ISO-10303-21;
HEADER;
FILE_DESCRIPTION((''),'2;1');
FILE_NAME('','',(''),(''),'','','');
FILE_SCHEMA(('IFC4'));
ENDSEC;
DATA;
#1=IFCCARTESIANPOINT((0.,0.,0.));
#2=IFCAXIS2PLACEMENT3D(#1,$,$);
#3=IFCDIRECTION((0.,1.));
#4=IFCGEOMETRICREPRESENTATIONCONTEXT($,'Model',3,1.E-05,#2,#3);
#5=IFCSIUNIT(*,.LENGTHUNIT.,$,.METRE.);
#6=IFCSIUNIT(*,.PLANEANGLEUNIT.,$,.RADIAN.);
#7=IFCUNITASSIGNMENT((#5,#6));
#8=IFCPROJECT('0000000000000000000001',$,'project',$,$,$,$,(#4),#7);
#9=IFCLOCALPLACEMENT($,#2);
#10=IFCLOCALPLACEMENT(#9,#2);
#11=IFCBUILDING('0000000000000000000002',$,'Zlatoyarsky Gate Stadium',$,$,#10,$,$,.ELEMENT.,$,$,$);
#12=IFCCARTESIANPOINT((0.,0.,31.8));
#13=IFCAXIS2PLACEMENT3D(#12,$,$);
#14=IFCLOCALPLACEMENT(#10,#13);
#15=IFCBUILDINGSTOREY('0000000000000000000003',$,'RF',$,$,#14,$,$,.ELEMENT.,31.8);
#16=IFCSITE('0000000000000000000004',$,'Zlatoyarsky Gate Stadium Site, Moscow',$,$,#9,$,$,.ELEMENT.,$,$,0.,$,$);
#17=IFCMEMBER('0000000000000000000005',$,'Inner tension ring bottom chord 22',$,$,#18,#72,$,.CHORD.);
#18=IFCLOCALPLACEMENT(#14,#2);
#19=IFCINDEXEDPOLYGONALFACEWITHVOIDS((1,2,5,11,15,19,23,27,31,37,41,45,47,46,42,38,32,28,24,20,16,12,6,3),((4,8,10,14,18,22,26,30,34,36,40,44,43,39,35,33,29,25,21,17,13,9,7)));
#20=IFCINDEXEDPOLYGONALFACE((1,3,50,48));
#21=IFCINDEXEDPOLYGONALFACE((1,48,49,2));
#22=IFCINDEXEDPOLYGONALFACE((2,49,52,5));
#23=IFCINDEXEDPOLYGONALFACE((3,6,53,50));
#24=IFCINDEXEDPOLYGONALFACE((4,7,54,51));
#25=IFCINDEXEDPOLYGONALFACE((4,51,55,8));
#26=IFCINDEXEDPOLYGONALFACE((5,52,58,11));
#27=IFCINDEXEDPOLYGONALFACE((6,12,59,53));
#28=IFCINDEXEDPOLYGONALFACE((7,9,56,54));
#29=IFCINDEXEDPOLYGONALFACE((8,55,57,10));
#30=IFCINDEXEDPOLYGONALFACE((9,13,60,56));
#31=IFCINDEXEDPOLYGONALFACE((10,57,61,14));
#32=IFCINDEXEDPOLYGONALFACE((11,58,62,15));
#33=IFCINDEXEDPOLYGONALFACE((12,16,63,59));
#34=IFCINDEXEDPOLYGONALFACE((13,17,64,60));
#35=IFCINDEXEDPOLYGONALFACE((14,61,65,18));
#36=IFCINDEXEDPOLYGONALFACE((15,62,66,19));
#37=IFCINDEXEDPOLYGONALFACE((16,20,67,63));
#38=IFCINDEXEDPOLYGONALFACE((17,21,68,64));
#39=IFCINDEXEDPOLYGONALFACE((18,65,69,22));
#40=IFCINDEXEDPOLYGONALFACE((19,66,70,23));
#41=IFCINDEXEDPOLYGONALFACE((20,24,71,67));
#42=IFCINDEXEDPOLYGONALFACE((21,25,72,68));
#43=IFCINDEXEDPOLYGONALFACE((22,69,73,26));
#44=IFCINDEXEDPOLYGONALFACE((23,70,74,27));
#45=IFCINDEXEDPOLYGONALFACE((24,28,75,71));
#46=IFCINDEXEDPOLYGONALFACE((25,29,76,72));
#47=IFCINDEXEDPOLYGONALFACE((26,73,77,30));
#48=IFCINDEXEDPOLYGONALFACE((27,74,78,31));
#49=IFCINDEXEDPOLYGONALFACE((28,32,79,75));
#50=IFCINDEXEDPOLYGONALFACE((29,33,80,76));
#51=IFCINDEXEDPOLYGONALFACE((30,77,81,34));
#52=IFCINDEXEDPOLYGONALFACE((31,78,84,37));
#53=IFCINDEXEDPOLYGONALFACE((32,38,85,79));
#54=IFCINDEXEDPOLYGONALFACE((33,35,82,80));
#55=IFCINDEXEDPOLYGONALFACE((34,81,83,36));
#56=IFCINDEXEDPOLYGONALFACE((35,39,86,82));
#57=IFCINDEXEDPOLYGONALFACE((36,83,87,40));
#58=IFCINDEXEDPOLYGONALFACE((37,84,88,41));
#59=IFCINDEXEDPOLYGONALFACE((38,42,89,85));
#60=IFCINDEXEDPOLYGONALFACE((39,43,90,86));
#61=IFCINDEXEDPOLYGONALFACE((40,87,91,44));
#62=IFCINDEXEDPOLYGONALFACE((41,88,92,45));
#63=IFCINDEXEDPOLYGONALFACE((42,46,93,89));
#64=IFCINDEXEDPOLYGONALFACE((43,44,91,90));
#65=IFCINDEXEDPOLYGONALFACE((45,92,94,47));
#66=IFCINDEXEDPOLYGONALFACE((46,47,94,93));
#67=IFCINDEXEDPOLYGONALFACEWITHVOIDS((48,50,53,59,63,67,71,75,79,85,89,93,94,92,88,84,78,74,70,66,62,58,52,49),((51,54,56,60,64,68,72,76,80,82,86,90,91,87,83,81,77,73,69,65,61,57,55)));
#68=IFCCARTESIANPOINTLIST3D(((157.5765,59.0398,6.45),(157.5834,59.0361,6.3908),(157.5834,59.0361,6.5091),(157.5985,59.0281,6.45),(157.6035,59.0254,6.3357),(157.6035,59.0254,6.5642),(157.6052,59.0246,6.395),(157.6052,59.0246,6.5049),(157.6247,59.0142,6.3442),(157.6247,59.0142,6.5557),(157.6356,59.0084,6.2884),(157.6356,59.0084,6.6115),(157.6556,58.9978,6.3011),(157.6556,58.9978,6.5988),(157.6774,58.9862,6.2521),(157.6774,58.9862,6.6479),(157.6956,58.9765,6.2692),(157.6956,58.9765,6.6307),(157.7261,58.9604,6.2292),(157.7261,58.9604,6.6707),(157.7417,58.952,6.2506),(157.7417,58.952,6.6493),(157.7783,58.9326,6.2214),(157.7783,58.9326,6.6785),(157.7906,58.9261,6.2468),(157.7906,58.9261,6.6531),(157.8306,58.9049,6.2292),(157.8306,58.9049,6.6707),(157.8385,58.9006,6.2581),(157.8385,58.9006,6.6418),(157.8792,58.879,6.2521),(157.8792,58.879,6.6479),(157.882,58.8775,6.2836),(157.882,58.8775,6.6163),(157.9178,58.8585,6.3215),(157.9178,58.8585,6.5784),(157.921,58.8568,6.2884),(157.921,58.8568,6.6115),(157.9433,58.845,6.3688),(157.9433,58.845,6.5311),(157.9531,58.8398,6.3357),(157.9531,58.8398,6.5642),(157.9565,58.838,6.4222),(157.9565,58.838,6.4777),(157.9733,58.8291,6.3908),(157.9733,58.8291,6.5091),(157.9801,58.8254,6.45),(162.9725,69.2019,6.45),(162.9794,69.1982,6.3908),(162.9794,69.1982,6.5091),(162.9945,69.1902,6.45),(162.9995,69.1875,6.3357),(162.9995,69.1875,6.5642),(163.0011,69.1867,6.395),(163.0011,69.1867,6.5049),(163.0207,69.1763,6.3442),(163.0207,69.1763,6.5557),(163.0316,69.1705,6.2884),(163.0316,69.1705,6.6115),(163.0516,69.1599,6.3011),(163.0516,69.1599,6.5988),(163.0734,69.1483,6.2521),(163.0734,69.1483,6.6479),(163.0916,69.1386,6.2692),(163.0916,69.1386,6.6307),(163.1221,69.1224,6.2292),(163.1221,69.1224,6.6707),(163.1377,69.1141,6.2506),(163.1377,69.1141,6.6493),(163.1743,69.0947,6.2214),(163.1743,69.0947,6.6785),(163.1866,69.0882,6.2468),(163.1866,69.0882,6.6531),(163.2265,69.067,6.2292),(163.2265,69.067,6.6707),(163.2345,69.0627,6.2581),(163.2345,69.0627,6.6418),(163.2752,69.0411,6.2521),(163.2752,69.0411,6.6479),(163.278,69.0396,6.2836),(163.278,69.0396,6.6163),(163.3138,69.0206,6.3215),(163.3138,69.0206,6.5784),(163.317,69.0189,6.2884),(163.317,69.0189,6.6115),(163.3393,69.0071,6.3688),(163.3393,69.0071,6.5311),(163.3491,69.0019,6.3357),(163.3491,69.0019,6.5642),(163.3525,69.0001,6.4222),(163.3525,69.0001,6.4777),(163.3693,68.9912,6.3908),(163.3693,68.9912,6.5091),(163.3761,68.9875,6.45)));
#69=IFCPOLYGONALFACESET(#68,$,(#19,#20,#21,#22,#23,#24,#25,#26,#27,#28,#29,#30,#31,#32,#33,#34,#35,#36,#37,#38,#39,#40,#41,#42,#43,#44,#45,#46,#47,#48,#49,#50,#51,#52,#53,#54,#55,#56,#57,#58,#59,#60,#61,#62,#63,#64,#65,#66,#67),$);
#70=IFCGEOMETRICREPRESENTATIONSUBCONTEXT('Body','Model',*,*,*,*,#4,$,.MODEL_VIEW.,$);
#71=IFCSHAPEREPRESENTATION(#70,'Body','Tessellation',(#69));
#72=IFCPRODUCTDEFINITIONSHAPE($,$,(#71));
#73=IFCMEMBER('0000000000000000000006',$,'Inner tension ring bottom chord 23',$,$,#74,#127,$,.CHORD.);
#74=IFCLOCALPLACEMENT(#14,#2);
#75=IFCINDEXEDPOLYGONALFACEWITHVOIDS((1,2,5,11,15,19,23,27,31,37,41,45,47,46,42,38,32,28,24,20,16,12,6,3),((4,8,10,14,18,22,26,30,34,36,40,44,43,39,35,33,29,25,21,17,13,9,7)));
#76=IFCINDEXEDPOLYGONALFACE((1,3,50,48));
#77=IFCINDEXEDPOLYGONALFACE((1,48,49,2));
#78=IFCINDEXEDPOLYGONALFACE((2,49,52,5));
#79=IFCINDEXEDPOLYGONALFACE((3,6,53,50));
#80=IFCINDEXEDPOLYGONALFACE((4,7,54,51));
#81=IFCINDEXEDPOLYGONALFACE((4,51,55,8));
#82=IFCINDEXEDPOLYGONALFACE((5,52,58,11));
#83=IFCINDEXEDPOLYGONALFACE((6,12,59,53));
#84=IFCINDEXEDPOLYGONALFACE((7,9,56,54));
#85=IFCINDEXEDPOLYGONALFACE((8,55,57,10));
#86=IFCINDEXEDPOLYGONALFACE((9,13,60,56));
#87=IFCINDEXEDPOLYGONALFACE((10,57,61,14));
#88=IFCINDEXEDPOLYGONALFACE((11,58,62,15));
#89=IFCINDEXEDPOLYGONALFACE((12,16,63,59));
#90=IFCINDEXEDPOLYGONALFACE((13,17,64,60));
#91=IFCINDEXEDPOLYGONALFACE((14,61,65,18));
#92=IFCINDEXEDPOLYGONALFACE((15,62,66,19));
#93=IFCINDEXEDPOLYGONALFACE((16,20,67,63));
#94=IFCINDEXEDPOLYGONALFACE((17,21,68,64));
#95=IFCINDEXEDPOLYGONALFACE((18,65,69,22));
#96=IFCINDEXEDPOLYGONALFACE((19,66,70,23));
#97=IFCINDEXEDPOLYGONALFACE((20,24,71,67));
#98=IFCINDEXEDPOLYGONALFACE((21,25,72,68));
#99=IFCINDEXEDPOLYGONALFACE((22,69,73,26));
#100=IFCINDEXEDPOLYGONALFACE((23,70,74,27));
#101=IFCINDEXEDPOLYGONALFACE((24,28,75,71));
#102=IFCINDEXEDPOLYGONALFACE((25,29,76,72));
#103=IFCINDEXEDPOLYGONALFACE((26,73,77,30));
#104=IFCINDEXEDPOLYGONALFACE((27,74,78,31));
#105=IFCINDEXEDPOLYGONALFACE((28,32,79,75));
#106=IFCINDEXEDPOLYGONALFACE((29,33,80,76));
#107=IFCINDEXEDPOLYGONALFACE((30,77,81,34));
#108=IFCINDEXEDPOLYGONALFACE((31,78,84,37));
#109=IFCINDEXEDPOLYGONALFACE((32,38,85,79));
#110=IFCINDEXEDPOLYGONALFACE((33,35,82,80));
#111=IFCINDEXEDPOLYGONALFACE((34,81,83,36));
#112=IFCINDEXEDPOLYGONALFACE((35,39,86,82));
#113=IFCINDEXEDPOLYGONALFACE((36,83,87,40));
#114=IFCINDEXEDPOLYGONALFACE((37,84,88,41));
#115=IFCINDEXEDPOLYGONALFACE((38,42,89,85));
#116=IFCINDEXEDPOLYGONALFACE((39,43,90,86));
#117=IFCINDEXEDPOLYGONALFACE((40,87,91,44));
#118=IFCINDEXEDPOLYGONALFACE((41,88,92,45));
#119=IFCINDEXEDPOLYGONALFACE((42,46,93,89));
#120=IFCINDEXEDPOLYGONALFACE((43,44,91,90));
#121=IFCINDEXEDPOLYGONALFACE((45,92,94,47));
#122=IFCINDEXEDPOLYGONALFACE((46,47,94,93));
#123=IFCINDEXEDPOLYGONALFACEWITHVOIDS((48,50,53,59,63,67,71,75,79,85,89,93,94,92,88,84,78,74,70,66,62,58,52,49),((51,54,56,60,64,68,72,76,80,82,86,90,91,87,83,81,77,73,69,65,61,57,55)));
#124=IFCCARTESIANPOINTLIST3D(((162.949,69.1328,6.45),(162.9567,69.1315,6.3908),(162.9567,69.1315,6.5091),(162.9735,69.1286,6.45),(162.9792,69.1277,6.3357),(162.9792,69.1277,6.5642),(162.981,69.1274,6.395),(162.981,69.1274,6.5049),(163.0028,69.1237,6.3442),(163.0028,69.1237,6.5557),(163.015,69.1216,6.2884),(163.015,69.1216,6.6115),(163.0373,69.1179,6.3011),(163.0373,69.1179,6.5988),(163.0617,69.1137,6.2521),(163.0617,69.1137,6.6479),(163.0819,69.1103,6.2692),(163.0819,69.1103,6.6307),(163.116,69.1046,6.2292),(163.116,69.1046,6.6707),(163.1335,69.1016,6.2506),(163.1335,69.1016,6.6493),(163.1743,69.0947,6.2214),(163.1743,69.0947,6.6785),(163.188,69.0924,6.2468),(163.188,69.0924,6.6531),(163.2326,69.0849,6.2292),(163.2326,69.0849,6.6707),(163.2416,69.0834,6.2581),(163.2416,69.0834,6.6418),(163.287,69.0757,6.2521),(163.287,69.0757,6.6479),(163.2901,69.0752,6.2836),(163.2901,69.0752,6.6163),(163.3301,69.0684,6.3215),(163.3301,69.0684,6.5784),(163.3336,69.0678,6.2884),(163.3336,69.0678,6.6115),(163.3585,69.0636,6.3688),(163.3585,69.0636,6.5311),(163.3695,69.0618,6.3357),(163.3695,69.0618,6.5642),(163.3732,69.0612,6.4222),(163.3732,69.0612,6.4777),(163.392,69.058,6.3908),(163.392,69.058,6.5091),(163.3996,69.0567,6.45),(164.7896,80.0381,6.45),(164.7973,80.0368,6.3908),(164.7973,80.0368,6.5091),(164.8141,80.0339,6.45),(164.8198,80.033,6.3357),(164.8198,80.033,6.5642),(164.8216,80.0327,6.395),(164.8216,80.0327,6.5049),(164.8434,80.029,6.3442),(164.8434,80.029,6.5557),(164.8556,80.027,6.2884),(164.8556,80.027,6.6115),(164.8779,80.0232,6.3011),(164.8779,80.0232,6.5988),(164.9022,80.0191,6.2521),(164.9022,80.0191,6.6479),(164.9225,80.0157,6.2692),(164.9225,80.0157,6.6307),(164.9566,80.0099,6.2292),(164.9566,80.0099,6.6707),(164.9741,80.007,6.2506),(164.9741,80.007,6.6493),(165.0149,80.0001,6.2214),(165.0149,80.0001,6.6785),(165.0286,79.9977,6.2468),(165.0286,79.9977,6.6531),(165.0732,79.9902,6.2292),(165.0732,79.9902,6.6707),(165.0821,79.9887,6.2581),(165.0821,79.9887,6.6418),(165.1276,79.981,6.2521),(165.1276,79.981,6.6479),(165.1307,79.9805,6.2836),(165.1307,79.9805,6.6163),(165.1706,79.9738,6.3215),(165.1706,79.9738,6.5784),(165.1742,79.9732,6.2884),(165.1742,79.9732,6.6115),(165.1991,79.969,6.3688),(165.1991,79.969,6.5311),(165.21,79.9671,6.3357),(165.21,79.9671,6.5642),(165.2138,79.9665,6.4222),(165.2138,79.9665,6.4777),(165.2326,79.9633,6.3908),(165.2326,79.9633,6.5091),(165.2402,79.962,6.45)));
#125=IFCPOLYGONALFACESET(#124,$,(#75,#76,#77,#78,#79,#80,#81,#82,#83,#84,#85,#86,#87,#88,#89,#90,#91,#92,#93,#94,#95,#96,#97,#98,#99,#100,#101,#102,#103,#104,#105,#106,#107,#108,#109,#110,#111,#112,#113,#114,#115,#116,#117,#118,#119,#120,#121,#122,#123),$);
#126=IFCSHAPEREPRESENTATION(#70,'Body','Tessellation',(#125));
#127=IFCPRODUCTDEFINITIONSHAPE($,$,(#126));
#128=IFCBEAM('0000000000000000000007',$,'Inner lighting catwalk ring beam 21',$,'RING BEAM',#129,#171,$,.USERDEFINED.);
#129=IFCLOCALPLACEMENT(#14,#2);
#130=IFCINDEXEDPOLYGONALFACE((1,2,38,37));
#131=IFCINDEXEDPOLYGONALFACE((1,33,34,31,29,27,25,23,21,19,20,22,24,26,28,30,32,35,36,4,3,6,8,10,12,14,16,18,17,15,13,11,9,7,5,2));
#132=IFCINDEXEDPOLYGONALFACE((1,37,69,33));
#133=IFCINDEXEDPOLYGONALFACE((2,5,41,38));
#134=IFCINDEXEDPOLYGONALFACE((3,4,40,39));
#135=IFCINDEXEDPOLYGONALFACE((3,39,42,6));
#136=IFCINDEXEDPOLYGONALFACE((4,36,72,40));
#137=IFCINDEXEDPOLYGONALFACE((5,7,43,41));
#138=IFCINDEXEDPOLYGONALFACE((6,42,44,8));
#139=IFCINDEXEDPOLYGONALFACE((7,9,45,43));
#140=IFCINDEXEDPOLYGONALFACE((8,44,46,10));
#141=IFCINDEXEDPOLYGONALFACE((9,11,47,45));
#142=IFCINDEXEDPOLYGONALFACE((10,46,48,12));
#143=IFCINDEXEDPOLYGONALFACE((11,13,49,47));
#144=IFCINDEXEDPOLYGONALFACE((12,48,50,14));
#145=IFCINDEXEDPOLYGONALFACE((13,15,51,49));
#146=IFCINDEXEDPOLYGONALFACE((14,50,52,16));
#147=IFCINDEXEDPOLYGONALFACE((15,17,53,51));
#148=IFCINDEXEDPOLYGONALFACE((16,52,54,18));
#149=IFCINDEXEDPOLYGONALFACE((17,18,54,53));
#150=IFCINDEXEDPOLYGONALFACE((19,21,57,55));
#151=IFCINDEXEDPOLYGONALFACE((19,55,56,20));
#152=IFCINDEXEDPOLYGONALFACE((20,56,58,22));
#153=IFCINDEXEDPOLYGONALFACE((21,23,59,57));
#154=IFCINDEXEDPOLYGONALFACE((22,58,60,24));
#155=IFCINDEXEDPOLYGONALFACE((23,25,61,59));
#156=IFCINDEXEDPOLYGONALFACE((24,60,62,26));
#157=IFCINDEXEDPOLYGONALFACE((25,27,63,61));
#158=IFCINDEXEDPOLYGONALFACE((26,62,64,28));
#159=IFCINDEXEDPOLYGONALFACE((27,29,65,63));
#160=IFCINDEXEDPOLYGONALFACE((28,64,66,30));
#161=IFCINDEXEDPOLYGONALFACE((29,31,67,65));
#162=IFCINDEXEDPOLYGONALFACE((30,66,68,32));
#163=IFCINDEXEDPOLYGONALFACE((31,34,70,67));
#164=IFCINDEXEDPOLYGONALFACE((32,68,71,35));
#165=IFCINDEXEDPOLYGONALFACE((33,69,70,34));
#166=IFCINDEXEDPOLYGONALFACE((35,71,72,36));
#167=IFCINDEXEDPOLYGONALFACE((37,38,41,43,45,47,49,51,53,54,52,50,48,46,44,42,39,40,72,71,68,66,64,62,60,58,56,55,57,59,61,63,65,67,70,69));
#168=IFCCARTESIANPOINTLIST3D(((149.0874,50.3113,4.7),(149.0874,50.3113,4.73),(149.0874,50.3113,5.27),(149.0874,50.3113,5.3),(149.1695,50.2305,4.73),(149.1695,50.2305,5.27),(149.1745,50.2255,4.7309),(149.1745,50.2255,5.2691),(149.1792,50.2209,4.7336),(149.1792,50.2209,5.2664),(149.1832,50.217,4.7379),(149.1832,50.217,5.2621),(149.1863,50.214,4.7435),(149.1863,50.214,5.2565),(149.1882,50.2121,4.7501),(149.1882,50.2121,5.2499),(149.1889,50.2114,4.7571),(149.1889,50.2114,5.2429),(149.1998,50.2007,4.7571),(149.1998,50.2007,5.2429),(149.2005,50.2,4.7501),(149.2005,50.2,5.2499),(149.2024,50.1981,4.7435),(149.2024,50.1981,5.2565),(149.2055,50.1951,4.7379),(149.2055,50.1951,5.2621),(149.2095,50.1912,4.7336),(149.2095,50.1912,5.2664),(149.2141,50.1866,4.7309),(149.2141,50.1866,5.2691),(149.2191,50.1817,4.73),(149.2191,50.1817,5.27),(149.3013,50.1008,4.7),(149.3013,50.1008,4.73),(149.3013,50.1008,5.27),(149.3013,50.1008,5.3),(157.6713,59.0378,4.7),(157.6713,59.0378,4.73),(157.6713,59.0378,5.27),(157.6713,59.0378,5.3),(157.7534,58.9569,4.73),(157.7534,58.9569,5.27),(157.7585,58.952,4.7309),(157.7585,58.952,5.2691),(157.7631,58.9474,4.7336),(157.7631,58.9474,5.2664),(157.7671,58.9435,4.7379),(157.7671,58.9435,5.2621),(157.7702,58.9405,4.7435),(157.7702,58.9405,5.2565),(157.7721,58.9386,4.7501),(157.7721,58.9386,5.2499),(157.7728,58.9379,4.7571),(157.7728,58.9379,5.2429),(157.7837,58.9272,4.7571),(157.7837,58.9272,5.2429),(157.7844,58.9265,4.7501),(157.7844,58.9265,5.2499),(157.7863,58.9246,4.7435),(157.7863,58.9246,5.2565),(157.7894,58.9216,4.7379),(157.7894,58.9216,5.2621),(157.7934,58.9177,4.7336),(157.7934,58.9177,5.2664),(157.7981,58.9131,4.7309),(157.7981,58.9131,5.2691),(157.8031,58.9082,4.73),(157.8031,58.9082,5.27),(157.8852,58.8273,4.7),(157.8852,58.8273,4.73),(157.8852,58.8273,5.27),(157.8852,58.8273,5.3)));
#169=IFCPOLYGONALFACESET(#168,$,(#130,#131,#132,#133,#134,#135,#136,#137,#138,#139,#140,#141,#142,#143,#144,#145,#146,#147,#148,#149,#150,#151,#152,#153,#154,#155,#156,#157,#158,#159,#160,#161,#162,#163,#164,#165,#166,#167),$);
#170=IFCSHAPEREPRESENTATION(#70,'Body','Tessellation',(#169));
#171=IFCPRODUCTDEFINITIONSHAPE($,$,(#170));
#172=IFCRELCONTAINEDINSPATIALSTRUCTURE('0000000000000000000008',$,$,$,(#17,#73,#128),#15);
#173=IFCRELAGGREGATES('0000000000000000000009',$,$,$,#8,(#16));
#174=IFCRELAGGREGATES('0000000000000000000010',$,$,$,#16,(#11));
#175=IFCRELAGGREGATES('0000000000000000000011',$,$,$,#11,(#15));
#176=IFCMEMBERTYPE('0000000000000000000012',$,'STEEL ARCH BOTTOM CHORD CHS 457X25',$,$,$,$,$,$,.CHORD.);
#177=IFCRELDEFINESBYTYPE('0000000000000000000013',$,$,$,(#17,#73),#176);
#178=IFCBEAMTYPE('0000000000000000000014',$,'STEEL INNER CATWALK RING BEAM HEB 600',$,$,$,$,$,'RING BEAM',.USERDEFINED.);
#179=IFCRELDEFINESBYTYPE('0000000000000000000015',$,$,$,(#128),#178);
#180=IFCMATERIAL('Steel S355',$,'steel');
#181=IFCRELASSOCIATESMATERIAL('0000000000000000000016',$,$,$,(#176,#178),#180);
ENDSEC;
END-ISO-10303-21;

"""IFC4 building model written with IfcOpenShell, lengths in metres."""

from ifc_helpers import new_model, si_unit, direction, frame, origin, origin_2d, place, context, subcontext, project, spatial, hollow_circle, i_section, extrude, material, material_profile, profile_set, type_object, element, save


model = new_model("IFC4")

# Units and contexts
model_context = context("Model", 3, precision=1e-05, world=origin(), true_north=direction((0.0, 1.0)))
body_context = subcontext(model_context, "Body", "Model", "MODEL_VIEW")
ifc_project = project(units=[si_unit("LENGTHUNIT", "METRE"), si_unit("PLANEANGLEUNIT", "RADIAN")], contexts=[model_context])

# Site, building, storey
site_placement = place(None, origin())
site = spatial("IfcSite", under=ifc_project, at=site_placement, Name="Zlatoyarsky Gate Stadium Site, Moscow", CompositionType="ELEMENT", RefElevation=0.0)
building_placement = place(site_placement, origin())
building = spatial("IfcBuilding", under=site, at=building_placement, Name="Zlatoyarsky Gate Stadium", CompositionType="ELEMENT")
storey_placement = place(building_placement, frame((0.0, 0.0, 31.8)))
storey = spatial("IfcBuildingStorey", under=building, at=storey_placement, Name="RF", CompositionType="ELEMENT", Elevation=31.8)

# Members
ifc_material = material(Name="Steel S355", Category="steel")
ifc_material_profile_1 = material_profile(ifc_material, hollow_circle(Radius=0.2285, WallThickness=0.0249, at=origin_2d()), Name="CHS 457X25")
ifc_profile_set_1 = profile_set([ifc_material_profile_1], Name="Steel S355")
member_type_1 = type_object("IfcMemberType", Name="STEEL ARCH BOTTOM CHORD CHS 457X25", PredefinedType="CHORD", material=ifc_profile_set_1)
member_1_placement = place(storey_placement, frame((157.7783, 58.9326, 6.45), z_axis=(0.468977, 0.88321, 0.0), x_axis=(-0.88321, 0.468977, 0.0)))
element("IfcMember", 1, at=member_1_placement, inside=storey, type_object=member_type_1, Name="Inner tension ring bottom chord 22", PredefinedType="CHORD", context=body_context, shape_type="SweptSolid", body=[
    extrude(hollow_circle(Radius=0.2285, WallThickness=0.0249, at=origin_2d()), origin(), (0.0, 0.0, 1.0), 11.5059),
])
member_2_placement = place(storey_placement, frame((163.1743, 69.0947, 6.45), z_axis=(0.166425, 0.986054, 0.0), x_axis=(-0.986054, 0.166425, 0.0)))
element("IfcMember", 2, at=member_2_placement, inside=storey, type_object=member_type_1, Name="Inner tension ring bottom chord 23", PredefinedType="CHORD", context=body_context, shape_type="SweptSolid", body=[
    extrude(hollow_circle(Radius=0.2285, WallThickness=0.0249, at=origin_2d()), origin(), (0.0, 0.0, 1.0), 11.0596),
])

# Beam
ifc_material_profile_2 = material_profile(ifc_material, i_section(OverallWidth=0.3, OverallDepth=0.6001, WebThickness=0.0154, FlangeThickness=0.03, FilletRadius=0.0271, at=origin_2d()), Name="HEB 600")
ifc_profile_set_2 = profile_set([ifc_material_profile_2], Name="Steel S355")
beam_type = type_object("IfcBeamType", Name="STEEL INNER CATWALK RING BEAM HEB 600", ElementType="RING BEAM", PredefinedType="USERDEFINED", material=ifc_profile_set_2)
beam_1_placement = place(storey_placement, frame((149.1943, 50.2061, 5.0), z_axis=(0.701259, 0.712907, 0.0), x_axis=(-0.712907, 0.701259, 0.0)))
element("IfcBeam", 3, at=beam_1_placement, inside=storey, type_object=beam_type, Name="Inner lighting catwalk ring beam 21", ObjectType="RING BEAM", PredefinedType="USERDEFINED", context=body_context, shape_type="SweptSolid", body=[
    extrude(i_section(OverallWidth=0.3, OverallDepth=0.6001, WebThickness=0.0154, FlangeThickness=0.03, FilletRadius=0.0271, at=origin_2d()), origin(), (0.0, 0.0, 1.0), 12.2407),
])

save(model, "model.ifc")
